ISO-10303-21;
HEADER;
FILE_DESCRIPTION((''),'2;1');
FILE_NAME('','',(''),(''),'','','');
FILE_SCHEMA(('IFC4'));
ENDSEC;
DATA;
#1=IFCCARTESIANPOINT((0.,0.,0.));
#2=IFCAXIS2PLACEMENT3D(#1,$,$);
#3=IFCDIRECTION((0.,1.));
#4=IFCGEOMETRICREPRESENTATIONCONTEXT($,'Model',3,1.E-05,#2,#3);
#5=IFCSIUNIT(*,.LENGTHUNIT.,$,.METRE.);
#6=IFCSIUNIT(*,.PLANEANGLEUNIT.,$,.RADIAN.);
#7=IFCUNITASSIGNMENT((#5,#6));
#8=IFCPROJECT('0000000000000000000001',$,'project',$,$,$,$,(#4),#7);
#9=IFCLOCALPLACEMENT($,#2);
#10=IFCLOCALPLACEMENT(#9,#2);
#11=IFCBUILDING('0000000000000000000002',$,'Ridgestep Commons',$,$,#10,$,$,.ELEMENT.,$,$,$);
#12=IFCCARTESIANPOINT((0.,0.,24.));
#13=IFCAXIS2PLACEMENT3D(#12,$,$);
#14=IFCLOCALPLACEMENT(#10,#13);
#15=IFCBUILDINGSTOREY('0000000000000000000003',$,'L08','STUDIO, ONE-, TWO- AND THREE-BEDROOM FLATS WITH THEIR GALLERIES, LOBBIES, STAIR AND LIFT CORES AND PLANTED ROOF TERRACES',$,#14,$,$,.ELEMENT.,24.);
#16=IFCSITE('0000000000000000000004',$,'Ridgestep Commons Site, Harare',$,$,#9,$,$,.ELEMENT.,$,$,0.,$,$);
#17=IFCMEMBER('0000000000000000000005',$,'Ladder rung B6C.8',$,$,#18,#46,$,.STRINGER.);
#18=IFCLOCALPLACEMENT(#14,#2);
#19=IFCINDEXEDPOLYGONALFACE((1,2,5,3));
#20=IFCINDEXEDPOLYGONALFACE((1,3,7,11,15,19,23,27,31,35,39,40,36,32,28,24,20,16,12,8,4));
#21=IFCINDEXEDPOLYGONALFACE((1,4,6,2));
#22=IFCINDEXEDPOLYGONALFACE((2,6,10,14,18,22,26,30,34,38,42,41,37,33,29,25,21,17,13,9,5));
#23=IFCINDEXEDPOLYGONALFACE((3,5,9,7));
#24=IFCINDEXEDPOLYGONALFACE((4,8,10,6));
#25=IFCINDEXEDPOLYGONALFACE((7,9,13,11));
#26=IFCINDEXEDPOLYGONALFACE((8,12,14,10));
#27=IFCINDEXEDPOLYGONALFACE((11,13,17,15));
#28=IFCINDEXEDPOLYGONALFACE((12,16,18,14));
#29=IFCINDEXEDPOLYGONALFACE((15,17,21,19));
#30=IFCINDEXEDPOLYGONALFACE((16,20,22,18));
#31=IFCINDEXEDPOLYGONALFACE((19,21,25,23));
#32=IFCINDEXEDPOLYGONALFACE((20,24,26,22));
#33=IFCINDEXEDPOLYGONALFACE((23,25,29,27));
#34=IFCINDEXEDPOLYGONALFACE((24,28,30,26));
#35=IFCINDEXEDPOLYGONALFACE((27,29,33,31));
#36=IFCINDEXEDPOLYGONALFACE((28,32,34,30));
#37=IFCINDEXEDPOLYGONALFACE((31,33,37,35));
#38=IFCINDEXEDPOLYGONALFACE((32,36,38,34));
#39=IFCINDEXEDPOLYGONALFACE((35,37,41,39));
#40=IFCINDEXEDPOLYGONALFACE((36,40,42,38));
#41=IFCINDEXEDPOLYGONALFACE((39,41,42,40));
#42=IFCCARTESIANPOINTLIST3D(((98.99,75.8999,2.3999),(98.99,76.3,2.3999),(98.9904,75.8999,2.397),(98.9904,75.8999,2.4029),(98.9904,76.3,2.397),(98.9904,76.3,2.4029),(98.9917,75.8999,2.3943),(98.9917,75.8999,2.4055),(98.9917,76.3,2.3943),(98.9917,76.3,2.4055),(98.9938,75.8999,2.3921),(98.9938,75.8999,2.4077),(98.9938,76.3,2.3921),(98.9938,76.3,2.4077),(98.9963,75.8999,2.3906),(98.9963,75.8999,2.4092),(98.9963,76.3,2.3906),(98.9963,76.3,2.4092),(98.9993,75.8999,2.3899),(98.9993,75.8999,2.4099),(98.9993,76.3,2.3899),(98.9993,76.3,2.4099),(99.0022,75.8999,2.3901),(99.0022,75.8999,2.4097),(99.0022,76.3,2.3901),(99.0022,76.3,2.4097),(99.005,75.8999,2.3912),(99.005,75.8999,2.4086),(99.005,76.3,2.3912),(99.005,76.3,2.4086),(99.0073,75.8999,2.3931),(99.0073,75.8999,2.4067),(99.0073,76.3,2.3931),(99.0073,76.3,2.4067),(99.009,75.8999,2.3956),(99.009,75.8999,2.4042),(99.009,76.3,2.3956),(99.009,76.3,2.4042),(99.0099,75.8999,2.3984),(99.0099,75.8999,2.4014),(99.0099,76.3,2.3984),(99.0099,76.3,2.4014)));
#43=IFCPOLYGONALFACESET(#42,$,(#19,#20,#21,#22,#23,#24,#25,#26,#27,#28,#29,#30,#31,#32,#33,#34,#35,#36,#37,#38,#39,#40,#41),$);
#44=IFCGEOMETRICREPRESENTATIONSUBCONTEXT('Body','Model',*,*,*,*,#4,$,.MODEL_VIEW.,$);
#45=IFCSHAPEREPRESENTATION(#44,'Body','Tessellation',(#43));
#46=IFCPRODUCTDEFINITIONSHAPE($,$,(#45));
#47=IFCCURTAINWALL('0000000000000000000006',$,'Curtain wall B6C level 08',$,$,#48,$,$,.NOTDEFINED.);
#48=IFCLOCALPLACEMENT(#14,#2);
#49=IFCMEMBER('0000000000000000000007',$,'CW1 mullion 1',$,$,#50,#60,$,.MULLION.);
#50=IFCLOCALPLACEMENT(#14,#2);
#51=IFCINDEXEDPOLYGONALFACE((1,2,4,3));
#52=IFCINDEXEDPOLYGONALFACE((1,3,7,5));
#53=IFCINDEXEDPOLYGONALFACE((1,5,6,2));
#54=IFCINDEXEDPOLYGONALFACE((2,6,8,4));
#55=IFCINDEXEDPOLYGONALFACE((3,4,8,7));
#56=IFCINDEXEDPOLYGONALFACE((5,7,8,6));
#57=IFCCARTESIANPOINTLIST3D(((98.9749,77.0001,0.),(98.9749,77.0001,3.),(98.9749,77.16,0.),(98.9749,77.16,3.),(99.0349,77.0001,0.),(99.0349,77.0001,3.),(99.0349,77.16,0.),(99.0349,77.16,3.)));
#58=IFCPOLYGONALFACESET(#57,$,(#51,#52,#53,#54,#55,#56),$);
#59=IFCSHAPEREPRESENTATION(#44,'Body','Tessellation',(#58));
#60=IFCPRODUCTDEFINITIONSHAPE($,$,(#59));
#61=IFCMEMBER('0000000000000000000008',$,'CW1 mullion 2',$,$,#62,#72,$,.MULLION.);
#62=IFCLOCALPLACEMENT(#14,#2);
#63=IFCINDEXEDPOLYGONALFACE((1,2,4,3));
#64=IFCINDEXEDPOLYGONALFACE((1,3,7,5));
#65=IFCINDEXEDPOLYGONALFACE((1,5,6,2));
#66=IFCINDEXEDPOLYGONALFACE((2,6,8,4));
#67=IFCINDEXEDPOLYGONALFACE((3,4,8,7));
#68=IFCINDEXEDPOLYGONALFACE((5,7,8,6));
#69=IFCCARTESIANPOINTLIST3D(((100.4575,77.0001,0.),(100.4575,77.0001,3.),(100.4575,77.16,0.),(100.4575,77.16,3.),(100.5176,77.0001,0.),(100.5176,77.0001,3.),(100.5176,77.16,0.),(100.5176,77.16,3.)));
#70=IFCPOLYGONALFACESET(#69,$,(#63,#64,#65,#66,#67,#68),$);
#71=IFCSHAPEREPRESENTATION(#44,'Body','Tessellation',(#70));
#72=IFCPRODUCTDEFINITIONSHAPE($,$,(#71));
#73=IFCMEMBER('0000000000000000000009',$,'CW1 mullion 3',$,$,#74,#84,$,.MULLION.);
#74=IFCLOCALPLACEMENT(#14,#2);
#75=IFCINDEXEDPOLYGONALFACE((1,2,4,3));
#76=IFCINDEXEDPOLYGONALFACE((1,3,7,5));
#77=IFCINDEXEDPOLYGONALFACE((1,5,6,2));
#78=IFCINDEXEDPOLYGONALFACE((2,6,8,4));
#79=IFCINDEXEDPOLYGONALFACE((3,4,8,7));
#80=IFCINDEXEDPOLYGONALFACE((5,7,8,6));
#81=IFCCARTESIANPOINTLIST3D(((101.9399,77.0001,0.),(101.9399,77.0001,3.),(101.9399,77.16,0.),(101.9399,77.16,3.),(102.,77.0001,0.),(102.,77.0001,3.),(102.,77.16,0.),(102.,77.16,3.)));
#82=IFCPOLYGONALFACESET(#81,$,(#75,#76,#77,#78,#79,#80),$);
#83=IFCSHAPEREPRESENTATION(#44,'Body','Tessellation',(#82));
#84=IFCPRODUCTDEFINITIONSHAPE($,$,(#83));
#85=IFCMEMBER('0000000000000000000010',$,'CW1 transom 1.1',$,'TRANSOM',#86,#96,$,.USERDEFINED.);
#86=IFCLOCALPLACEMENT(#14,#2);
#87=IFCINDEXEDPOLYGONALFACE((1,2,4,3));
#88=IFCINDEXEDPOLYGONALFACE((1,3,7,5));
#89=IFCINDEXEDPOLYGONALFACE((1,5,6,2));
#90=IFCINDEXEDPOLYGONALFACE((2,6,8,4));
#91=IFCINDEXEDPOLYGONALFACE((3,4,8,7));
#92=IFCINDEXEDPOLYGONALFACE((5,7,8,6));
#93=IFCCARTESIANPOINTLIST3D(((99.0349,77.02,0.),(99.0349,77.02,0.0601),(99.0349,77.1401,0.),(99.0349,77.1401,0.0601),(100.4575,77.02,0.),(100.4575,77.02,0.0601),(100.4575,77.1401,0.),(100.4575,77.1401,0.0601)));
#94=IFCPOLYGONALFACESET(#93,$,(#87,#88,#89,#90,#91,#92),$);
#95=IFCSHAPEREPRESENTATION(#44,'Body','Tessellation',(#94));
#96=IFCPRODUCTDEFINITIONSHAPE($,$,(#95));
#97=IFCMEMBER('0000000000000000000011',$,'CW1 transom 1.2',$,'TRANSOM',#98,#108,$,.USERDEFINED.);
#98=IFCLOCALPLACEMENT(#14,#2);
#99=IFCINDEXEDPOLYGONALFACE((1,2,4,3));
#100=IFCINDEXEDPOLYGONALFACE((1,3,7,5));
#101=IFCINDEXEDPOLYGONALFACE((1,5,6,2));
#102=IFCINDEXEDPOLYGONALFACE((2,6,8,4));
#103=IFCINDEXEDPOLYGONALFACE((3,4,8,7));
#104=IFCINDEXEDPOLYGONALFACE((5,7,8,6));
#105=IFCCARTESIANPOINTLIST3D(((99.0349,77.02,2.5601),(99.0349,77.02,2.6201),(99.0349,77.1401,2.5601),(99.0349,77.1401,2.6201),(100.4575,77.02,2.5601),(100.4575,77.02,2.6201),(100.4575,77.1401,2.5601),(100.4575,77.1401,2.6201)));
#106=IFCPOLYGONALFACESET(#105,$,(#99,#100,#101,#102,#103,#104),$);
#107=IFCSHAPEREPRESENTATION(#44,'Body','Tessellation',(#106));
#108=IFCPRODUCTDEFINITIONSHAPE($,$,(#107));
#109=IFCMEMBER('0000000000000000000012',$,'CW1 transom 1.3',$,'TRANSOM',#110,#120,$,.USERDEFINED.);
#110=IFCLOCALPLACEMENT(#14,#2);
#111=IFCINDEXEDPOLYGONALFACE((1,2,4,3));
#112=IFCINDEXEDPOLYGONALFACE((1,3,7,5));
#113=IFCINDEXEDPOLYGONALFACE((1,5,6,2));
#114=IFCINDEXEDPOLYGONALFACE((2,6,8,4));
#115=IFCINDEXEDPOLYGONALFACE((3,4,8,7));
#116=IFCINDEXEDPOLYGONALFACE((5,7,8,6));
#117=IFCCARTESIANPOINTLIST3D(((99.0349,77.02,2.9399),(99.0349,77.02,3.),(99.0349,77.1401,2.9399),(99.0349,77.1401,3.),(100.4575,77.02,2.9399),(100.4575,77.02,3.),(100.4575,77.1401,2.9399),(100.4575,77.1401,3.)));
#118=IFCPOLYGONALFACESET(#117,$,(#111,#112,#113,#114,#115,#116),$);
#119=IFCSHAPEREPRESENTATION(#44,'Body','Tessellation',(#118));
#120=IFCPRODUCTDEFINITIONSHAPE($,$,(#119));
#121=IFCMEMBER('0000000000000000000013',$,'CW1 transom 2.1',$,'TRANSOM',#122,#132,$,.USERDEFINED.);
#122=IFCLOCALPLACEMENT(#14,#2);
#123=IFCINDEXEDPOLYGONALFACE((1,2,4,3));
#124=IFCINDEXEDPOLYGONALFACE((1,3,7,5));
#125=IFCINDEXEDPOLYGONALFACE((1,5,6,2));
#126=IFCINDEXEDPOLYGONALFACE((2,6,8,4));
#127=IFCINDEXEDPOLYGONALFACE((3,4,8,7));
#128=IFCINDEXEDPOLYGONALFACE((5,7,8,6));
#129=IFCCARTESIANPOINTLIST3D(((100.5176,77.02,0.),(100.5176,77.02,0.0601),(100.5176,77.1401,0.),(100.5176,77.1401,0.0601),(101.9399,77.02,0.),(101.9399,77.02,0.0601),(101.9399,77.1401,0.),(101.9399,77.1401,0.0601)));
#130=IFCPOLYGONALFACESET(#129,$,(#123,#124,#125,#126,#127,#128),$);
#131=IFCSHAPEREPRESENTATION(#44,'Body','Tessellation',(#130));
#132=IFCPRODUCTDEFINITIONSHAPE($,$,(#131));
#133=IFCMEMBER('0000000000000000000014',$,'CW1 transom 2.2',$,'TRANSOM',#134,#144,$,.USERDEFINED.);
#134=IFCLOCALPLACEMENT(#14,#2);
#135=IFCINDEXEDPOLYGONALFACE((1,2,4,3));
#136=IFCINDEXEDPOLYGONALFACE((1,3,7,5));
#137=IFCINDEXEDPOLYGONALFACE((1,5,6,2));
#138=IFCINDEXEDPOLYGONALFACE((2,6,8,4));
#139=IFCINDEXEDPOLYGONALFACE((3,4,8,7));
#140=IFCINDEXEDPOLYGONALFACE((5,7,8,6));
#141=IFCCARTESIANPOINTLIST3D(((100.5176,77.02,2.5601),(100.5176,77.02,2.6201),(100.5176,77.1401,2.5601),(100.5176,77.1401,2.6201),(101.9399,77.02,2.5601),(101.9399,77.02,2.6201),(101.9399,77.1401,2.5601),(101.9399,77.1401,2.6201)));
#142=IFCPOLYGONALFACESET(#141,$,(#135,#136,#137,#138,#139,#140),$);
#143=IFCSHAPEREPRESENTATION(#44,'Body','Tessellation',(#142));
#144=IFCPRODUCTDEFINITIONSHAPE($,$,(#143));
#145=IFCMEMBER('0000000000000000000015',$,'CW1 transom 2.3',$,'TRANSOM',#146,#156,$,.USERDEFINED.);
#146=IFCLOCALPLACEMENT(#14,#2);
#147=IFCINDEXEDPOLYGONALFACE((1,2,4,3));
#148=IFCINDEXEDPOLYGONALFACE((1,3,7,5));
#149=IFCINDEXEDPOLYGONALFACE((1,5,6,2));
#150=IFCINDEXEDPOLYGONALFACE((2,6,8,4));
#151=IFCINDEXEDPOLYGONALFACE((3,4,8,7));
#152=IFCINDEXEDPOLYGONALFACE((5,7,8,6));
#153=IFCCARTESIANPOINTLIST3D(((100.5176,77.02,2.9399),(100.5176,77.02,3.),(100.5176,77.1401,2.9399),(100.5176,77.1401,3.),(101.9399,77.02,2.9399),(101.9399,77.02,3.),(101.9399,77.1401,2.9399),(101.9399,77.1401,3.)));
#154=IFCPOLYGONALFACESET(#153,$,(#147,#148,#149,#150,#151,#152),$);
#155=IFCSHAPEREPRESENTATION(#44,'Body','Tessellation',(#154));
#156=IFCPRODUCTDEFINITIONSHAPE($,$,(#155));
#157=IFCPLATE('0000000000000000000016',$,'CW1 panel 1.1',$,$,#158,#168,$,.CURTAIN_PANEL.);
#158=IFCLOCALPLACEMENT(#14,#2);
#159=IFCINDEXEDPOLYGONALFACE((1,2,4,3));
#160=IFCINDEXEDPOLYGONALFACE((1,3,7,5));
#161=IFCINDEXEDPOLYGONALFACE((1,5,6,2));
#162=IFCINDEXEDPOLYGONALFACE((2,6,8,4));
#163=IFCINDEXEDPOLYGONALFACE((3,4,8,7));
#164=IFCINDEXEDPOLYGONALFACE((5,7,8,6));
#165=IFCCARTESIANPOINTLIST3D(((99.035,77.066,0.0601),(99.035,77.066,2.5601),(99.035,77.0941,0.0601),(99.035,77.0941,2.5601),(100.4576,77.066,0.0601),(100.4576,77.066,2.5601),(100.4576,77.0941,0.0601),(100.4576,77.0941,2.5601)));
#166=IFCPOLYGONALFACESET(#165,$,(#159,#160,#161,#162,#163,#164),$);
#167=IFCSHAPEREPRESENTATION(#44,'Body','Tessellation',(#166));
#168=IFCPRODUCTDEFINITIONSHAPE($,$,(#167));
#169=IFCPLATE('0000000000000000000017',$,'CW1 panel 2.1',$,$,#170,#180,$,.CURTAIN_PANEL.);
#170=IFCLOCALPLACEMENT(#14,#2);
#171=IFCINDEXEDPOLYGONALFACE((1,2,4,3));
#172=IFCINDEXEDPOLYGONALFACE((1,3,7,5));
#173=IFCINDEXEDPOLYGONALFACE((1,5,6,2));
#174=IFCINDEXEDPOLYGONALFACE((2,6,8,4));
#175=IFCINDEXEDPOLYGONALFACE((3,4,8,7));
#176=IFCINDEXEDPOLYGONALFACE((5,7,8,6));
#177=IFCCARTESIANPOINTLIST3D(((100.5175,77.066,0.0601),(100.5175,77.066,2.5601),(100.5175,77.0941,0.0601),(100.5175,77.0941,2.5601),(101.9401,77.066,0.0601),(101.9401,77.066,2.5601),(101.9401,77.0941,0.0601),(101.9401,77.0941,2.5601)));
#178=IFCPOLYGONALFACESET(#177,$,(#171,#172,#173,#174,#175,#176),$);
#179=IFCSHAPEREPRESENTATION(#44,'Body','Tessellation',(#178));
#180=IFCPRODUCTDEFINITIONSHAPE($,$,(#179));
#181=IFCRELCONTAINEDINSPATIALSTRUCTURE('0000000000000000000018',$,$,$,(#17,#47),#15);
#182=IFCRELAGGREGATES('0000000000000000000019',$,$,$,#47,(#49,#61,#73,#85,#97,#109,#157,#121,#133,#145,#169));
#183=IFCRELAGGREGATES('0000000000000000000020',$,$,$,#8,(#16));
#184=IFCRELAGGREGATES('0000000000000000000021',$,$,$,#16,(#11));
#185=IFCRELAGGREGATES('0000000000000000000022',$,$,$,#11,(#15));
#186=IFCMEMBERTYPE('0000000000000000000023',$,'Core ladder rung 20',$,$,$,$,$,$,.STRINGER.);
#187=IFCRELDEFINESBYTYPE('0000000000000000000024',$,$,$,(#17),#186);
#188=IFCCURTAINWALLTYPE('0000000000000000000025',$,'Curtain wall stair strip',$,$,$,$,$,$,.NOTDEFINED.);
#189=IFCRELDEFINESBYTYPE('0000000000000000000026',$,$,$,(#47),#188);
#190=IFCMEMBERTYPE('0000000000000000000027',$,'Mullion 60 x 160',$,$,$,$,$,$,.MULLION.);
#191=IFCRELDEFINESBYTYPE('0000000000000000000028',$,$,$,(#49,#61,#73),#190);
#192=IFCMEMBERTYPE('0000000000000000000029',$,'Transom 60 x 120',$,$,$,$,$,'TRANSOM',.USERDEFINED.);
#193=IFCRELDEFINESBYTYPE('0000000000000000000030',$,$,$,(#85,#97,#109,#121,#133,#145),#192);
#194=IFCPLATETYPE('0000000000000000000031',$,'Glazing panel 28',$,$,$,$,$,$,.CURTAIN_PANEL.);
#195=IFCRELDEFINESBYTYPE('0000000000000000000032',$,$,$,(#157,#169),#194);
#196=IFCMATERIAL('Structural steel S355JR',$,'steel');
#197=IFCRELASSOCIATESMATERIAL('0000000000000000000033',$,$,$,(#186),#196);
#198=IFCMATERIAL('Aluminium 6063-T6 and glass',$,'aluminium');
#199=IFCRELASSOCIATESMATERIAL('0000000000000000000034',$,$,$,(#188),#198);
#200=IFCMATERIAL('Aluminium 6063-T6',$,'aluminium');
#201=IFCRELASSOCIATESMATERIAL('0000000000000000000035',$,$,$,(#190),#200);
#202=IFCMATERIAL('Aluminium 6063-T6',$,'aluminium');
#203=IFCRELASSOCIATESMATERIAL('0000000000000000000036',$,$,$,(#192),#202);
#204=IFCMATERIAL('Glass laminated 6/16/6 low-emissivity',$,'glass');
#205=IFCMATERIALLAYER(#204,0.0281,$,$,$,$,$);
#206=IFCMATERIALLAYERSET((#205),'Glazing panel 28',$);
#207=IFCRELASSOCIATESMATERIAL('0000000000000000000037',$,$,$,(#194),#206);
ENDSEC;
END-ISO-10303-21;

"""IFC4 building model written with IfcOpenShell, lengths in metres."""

from ifc_helpers import new_model, si_unit, direction, frame, origin, origin_2d, place, context, subcontext, project, spatial, rectangle, circle, extrude, material, layer, layer_set, material_profile, profile_set, type_object, element, aggregate, save


model = new_model("IFC4")

# Units and contexts
model_context = context("Model", 3, precision=1e-05, world=origin(), true_north=direction((0.0, 1.0)))
body_context = subcontext(model_context, "Body", "Model", "MODEL_VIEW")
ifc_project = project(units=[si_unit("LENGTHUNIT", "METRE"), si_unit("PLANEANGLEUNIT", "RADIAN")], contexts=[model_context])

# Site, building, storey
site_placement = place(None, origin())
site = spatial("IfcSite", under=ifc_project, at=site_placement, Name="Ridgestep Commons Site, Harare", CompositionType="ELEMENT", RefElevation=0.0)
building_placement = place(site_placement, origin())
building = spatial("IfcBuilding", under=site, at=building_placement, Name="Ridgestep Commons", CompositionType="ELEMENT")
storey_placement = place(building_placement, frame((0.0, 0.0, 24.0)))
storey = spatial("IfcBuildingStorey", under=building, at=storey_placement, Name="L08", Description="STUDIO, ONE-, TWO- AND THREE-BEDROOM FLATS WITH THEIR GALLERIES, LOBBIES, STAIR AND LIFT CORES AND PLANTED ROOF TERRACES", CompositionType="ELEMENT", Elevation=24.0)

# Member
ifc_material_1 = material(Name="Structural steel S355JR", Category="steel")
ifc_material_profile_1 = material_profile(ifc_material_1, circle(Radius=0.01, at=origin_2d()), Name="Round bar 20")
ifc_profile_set_1 = profile_set([ifc_material_profile_1], Name="Structural steel S355JR")
member_type_1 = type_object("IfcMemberType", Name="Core ladder rung 20", PredefinedType="STRINGER", material=ifc_profile_set_1)
for number, where, z_axis, x_axis, name in (
    (1, (99.0, 75.8999, 2.3999), (0.0, 1.0, 0.0), (-1.0, 0.0, 0.0), "Ladder rung B6C.8"),
):
    element("IfcMember", number, at=place(storey_placement, frame(where, z_axis=z_axis, x_axis=x_axis)), inside=storey, type_object=member_type_1, Name=name, PredefinedType="STRINGER", context=body_context, shape_type="SweptSolid", body=[
        extrude(circle(Radius=0.01, at=origin_2d()), origin(), (0.0, 0.0, 1.0), 0.4001),
    ])

# Curtain wall, members, plates
ifc_material_2 = material(Name="Aluminium 6063-T6 and glass", Category="aluminium")
curtain_wall_type = type_object("IfcCurtainWallType", Name="Curtain wall stair strip", PredefinedType="NOTDEFINED", material=ifc_material_2)
curtain_wall_placement = place(storey_placement, origin())
curtain_wall = element("IfcCurtainWall", 2, at=curtain_wall_placement, inside=storey, type_object=curtain_wall_type, Name="Curtain wall B6C level 08", PredefinedType="NOTDEFINED")
ifc_material_3 = material(Name="Aluminium 6063-T6", Category="aluminium")
ifc_material_profile_2 = material_profile(ifc_material_3, rectangle(XDim=0.1599, YDim=0.0601, at=origin_2d()), Name="Mullion 60 x 160")
ifc_profile_set_2 = profile_set([ifc_material_profile_2], Name="Aluminium 6063-T6")
member_type_2 = type_object("IfcMemberType", Name="Mullion 60 x 160", PredefinedType="MULLION", material=ifc_profile_set_2)
member_1_placement = place(storey_placement, frame((99.0049, 77.0801, 0.0), z_axis=(0.0, 0.0, 1.0), x_axis=(0.0, 1.0, 0.0)))
member_1 = element("IfcMember", 3, at=member_1_placement, type_object=member_type_2, Name="CW1 mullion 1", PredefinedType="MULLION", context=body_context, shape_type="SweptSolid", body=[
    extrude(rectangle(XDim=0.1599, YDim=0.0601, at=origin_2d()), origin(), (0.0, 0.0, 1.0), 3.0),
])
member_2_placement = place(storey_placement, frame((100.4875, 77.0801, 0.0), z_axis=(0.0, 0.0, 1.0), x_axis=(0.0, 1.0, 0.0)))
member_2 = element("IfcMember", 4, at=member_2_placement, type_object=member_type_2, Name="CW1 mullion 2", PredefinedType="MULLION", context=body_context, shape_type="SweptSolid", body=[
    extrude(rectangle(XDim=0.1599, YDim=0.0601, at=origin_2d()), origin(), (0.0, 0.0, 1.0), 3.0),
])
member_3_placement = place(storey_placement, frame((101.97, 77.0801, 0.0), z_axis=(0.0, 0.0, 1.0), x_axis=(0.0, 1.0, 0.0)))
member_3 = element("IfcMember", 5, at=member_3_placement, type_object=member_type_2, Name="CW1 mullion 3", PredefinedType="MULLION", context=body_context, shape_type="SweptSolid", body=[
    extrude(rectangle(XDim=0.1599, YDim=0.0601, at=origin_2d()), origin(), (0.0, 0.0, 1.0), 3.0),
])
ifc_material_4 = material(Name="Aluminium 6063-T6", Category="aluminium")
ifc_material_profile_3 = material_profile(ifc_material_4, rectangle(XDim=0.1201, YDim=0.0601, at=origin_2d()), Name="Transom 60 x 120")
ifc_profile_set_3 = profile_set([ifc_material_profile_3], Name="Aluminium 6063-T6")
member_type_3 = type_object("IfcMemberType", Name="Transom 60 x 120", ElementType="TRANSOM", PredefinedType="USERDEFINED", material=ifc_profile_set_3)
member_4_placement = place(storey_placement, frame((99.0349, 77.0801, 0.03), z_axis=(1.0, 0.0, 0.0), x_axis=(0.0, 1.0, 0.0)))
member_4 = element("IfcMember", 6, at=member_4_placement, type_object=member_type_3, Name="CW1 transom 1.1", ObjectType="TRANSOM", PredefinedType="USERDEFINED", context=body_context, shape_type="SweptSolid", body=[
    extrude(rectangle(XDim=0.1201, YDim=0.0601, at=origin_2d()), origin(), (0.0, 0.0, 1.0), 1.4226),
])
member_5_placement = place(storey_placement, frame((99.0349, 77.0801, 2.5901), z_axis=(1.0, 0.0, 0.0), x_axis=(0.0, 1.0, 0.0)))
member_5 = element("IfcMember", 7, at=member_5_placement, type_object=member_type_3, Name="CW1 transom 1.2", ObjectType="TRANSOM", PredefinedType="USERDEFINED", context=body_context, shape_type="SweptSolid", body=[
    extrude(rectangle(XDim=0.1201, YDim=0.0601, at=origin_2d()), origin(), (0.0, 0.0, 1.0), 1.4226),
])
member_6_placement = place(storey_placement, frame((99.0349, 77.0801, 2.97), z_axis=(1.0, 0.0, 0.0), x_axis=(0.0, 1.0, 0.0)))
member_6 = element("IfcMember", 8, at=member_6_placement, type_object=member_type_3, Name="CW1 transom 1.3", ObjectType="TRANSOM", PredefinedType="USERDEFINED", context=body_context, shape_type="SweptSolid", body=[
    extrude(rectangle(XDim=0.1201, YDim=0.0601, at=origin_2d()), origin(), (0.0, 0.0, 1.0), 1.4226),
])
member_7_placement = place(storey_placement, frame((100.5176, 77.0801, 0.03), z_axis=(1.0, 0.0, 0.0), x_axis=(0.0, 1.0, 0.0)))
member_7 = element("IfcMember", 9, at=member_7_placement, type_object=member_type_3, Name="CW1 transom 2.1", ObjectType="TRANSOM", PredefinedType="USERDEFINED", context=body_context, shape_type="SweptSolid", body=[
    extrude(rectangle(XDim=0.1201, YDim=0.0601, at=origin_2d()), origin(), (0.0, 0.0, 1.0), 1.4224),
])
member_8_placement = place(storey_placement, frame((100.5176, 77.0801, 2.5901), z_axis=(1.0, 0.0, 0.0), x_axis=(0.0, 1.0, 0.0)))
member_8 = element("IfcMember", 10, at=member_8_placement, type_object=member_type_3, Name="CW1 transom 2.2", ObjectType="TRANSOM", PredefinedType="USERDEFINED", context=body_context, shape_type="SweptSolid", body=[
    extrude(rectangle(XDim=0.1201, YDim=0.0601, at=origin_2d()), origin(), (0.0, 0.0, 1.0), 1.4224),
])
member_9_placement = place(storey_placement, frame((100.5176, 77.0801, 2.97), z_axis=(1.0, 0.0, 0.0), x_axis=(0.0, 1.0, 0.0)))
member_9 = element("IfcMember", 11, at=member_9_placement, type_object=member_type_3, Name="CW1 transom 2.3", ObjectType="TRANSOM", PredefinedType="USERDEFINED", context=body_context, shape_type="SweptSolid", body=[
    extrude(rectangle(XDim=0.1201, YDim=0.0601, at=origin_2d()), origin(), (0.0, 0.0, 1.0), 1.4224),
])
ifc_material_5 = material(Name="Glass laminated 6/16/6 low-emissivity", Category="glass")
ifc_layer_1 = layer(ifc_material_5, 0.0281)
ifc_layer_set_1 = layer_set([ifc_layer_1], Name="Glazing panel 28")
plate_type_1 = type_object("IfcPlateType", Name="Glazing panel 28", PredefinedType="CURTAIN_PANEL", material=ifc_layer_set_1)
plate_1_placement = place(storey_placement, frame((99.7463, 77.0801, 0.0601), z_axis=(0.0, 0.0, 1.0), x_axis=(1.0, 0.0, 0.0)))
plate_1 = element("IfcPlate", 12, at=plate_1_placement, type_object=plate_type_1, Name="CW1 panel 1.1", PredefinedType="CURTAIN_PANEL", context=body_context, shape_type="SweptSolid", body=[
    extrude(rectangle(XDim=1.4226, YDim=0.0281, at=origin_2d()), origin(), (0.0, 0.0, 1.0), 2.5),
])
plate_2_placement = place(storey_placement, frame((101.2288, 77.0801, 0.0601), z_axis=(0.0, 0.0, 1.0), x_axis=(1.0, 0.0, 0.0)))
plate_2 = element("IfcPlate", 13, at=plate_2_placement, type_object=plate_type_1, Name="CW1 panel 2.1", PredefinedType="CURTAIN_PANEL", context=body_context, shape_type="SweptSolid", body=[
    extrude(rectangle(XDim=1.4226, YDim=0.0281, at=origin_2d()), origin(), (0.0, 0.0, 1.0), 2.5),
])
aggregate(curtain_wall, [member_1, member_2, member_3, member_4, member_5, member_6, plate_1, member_7, member_8, member_9, plate_2])

save(model, "model.ifc")
